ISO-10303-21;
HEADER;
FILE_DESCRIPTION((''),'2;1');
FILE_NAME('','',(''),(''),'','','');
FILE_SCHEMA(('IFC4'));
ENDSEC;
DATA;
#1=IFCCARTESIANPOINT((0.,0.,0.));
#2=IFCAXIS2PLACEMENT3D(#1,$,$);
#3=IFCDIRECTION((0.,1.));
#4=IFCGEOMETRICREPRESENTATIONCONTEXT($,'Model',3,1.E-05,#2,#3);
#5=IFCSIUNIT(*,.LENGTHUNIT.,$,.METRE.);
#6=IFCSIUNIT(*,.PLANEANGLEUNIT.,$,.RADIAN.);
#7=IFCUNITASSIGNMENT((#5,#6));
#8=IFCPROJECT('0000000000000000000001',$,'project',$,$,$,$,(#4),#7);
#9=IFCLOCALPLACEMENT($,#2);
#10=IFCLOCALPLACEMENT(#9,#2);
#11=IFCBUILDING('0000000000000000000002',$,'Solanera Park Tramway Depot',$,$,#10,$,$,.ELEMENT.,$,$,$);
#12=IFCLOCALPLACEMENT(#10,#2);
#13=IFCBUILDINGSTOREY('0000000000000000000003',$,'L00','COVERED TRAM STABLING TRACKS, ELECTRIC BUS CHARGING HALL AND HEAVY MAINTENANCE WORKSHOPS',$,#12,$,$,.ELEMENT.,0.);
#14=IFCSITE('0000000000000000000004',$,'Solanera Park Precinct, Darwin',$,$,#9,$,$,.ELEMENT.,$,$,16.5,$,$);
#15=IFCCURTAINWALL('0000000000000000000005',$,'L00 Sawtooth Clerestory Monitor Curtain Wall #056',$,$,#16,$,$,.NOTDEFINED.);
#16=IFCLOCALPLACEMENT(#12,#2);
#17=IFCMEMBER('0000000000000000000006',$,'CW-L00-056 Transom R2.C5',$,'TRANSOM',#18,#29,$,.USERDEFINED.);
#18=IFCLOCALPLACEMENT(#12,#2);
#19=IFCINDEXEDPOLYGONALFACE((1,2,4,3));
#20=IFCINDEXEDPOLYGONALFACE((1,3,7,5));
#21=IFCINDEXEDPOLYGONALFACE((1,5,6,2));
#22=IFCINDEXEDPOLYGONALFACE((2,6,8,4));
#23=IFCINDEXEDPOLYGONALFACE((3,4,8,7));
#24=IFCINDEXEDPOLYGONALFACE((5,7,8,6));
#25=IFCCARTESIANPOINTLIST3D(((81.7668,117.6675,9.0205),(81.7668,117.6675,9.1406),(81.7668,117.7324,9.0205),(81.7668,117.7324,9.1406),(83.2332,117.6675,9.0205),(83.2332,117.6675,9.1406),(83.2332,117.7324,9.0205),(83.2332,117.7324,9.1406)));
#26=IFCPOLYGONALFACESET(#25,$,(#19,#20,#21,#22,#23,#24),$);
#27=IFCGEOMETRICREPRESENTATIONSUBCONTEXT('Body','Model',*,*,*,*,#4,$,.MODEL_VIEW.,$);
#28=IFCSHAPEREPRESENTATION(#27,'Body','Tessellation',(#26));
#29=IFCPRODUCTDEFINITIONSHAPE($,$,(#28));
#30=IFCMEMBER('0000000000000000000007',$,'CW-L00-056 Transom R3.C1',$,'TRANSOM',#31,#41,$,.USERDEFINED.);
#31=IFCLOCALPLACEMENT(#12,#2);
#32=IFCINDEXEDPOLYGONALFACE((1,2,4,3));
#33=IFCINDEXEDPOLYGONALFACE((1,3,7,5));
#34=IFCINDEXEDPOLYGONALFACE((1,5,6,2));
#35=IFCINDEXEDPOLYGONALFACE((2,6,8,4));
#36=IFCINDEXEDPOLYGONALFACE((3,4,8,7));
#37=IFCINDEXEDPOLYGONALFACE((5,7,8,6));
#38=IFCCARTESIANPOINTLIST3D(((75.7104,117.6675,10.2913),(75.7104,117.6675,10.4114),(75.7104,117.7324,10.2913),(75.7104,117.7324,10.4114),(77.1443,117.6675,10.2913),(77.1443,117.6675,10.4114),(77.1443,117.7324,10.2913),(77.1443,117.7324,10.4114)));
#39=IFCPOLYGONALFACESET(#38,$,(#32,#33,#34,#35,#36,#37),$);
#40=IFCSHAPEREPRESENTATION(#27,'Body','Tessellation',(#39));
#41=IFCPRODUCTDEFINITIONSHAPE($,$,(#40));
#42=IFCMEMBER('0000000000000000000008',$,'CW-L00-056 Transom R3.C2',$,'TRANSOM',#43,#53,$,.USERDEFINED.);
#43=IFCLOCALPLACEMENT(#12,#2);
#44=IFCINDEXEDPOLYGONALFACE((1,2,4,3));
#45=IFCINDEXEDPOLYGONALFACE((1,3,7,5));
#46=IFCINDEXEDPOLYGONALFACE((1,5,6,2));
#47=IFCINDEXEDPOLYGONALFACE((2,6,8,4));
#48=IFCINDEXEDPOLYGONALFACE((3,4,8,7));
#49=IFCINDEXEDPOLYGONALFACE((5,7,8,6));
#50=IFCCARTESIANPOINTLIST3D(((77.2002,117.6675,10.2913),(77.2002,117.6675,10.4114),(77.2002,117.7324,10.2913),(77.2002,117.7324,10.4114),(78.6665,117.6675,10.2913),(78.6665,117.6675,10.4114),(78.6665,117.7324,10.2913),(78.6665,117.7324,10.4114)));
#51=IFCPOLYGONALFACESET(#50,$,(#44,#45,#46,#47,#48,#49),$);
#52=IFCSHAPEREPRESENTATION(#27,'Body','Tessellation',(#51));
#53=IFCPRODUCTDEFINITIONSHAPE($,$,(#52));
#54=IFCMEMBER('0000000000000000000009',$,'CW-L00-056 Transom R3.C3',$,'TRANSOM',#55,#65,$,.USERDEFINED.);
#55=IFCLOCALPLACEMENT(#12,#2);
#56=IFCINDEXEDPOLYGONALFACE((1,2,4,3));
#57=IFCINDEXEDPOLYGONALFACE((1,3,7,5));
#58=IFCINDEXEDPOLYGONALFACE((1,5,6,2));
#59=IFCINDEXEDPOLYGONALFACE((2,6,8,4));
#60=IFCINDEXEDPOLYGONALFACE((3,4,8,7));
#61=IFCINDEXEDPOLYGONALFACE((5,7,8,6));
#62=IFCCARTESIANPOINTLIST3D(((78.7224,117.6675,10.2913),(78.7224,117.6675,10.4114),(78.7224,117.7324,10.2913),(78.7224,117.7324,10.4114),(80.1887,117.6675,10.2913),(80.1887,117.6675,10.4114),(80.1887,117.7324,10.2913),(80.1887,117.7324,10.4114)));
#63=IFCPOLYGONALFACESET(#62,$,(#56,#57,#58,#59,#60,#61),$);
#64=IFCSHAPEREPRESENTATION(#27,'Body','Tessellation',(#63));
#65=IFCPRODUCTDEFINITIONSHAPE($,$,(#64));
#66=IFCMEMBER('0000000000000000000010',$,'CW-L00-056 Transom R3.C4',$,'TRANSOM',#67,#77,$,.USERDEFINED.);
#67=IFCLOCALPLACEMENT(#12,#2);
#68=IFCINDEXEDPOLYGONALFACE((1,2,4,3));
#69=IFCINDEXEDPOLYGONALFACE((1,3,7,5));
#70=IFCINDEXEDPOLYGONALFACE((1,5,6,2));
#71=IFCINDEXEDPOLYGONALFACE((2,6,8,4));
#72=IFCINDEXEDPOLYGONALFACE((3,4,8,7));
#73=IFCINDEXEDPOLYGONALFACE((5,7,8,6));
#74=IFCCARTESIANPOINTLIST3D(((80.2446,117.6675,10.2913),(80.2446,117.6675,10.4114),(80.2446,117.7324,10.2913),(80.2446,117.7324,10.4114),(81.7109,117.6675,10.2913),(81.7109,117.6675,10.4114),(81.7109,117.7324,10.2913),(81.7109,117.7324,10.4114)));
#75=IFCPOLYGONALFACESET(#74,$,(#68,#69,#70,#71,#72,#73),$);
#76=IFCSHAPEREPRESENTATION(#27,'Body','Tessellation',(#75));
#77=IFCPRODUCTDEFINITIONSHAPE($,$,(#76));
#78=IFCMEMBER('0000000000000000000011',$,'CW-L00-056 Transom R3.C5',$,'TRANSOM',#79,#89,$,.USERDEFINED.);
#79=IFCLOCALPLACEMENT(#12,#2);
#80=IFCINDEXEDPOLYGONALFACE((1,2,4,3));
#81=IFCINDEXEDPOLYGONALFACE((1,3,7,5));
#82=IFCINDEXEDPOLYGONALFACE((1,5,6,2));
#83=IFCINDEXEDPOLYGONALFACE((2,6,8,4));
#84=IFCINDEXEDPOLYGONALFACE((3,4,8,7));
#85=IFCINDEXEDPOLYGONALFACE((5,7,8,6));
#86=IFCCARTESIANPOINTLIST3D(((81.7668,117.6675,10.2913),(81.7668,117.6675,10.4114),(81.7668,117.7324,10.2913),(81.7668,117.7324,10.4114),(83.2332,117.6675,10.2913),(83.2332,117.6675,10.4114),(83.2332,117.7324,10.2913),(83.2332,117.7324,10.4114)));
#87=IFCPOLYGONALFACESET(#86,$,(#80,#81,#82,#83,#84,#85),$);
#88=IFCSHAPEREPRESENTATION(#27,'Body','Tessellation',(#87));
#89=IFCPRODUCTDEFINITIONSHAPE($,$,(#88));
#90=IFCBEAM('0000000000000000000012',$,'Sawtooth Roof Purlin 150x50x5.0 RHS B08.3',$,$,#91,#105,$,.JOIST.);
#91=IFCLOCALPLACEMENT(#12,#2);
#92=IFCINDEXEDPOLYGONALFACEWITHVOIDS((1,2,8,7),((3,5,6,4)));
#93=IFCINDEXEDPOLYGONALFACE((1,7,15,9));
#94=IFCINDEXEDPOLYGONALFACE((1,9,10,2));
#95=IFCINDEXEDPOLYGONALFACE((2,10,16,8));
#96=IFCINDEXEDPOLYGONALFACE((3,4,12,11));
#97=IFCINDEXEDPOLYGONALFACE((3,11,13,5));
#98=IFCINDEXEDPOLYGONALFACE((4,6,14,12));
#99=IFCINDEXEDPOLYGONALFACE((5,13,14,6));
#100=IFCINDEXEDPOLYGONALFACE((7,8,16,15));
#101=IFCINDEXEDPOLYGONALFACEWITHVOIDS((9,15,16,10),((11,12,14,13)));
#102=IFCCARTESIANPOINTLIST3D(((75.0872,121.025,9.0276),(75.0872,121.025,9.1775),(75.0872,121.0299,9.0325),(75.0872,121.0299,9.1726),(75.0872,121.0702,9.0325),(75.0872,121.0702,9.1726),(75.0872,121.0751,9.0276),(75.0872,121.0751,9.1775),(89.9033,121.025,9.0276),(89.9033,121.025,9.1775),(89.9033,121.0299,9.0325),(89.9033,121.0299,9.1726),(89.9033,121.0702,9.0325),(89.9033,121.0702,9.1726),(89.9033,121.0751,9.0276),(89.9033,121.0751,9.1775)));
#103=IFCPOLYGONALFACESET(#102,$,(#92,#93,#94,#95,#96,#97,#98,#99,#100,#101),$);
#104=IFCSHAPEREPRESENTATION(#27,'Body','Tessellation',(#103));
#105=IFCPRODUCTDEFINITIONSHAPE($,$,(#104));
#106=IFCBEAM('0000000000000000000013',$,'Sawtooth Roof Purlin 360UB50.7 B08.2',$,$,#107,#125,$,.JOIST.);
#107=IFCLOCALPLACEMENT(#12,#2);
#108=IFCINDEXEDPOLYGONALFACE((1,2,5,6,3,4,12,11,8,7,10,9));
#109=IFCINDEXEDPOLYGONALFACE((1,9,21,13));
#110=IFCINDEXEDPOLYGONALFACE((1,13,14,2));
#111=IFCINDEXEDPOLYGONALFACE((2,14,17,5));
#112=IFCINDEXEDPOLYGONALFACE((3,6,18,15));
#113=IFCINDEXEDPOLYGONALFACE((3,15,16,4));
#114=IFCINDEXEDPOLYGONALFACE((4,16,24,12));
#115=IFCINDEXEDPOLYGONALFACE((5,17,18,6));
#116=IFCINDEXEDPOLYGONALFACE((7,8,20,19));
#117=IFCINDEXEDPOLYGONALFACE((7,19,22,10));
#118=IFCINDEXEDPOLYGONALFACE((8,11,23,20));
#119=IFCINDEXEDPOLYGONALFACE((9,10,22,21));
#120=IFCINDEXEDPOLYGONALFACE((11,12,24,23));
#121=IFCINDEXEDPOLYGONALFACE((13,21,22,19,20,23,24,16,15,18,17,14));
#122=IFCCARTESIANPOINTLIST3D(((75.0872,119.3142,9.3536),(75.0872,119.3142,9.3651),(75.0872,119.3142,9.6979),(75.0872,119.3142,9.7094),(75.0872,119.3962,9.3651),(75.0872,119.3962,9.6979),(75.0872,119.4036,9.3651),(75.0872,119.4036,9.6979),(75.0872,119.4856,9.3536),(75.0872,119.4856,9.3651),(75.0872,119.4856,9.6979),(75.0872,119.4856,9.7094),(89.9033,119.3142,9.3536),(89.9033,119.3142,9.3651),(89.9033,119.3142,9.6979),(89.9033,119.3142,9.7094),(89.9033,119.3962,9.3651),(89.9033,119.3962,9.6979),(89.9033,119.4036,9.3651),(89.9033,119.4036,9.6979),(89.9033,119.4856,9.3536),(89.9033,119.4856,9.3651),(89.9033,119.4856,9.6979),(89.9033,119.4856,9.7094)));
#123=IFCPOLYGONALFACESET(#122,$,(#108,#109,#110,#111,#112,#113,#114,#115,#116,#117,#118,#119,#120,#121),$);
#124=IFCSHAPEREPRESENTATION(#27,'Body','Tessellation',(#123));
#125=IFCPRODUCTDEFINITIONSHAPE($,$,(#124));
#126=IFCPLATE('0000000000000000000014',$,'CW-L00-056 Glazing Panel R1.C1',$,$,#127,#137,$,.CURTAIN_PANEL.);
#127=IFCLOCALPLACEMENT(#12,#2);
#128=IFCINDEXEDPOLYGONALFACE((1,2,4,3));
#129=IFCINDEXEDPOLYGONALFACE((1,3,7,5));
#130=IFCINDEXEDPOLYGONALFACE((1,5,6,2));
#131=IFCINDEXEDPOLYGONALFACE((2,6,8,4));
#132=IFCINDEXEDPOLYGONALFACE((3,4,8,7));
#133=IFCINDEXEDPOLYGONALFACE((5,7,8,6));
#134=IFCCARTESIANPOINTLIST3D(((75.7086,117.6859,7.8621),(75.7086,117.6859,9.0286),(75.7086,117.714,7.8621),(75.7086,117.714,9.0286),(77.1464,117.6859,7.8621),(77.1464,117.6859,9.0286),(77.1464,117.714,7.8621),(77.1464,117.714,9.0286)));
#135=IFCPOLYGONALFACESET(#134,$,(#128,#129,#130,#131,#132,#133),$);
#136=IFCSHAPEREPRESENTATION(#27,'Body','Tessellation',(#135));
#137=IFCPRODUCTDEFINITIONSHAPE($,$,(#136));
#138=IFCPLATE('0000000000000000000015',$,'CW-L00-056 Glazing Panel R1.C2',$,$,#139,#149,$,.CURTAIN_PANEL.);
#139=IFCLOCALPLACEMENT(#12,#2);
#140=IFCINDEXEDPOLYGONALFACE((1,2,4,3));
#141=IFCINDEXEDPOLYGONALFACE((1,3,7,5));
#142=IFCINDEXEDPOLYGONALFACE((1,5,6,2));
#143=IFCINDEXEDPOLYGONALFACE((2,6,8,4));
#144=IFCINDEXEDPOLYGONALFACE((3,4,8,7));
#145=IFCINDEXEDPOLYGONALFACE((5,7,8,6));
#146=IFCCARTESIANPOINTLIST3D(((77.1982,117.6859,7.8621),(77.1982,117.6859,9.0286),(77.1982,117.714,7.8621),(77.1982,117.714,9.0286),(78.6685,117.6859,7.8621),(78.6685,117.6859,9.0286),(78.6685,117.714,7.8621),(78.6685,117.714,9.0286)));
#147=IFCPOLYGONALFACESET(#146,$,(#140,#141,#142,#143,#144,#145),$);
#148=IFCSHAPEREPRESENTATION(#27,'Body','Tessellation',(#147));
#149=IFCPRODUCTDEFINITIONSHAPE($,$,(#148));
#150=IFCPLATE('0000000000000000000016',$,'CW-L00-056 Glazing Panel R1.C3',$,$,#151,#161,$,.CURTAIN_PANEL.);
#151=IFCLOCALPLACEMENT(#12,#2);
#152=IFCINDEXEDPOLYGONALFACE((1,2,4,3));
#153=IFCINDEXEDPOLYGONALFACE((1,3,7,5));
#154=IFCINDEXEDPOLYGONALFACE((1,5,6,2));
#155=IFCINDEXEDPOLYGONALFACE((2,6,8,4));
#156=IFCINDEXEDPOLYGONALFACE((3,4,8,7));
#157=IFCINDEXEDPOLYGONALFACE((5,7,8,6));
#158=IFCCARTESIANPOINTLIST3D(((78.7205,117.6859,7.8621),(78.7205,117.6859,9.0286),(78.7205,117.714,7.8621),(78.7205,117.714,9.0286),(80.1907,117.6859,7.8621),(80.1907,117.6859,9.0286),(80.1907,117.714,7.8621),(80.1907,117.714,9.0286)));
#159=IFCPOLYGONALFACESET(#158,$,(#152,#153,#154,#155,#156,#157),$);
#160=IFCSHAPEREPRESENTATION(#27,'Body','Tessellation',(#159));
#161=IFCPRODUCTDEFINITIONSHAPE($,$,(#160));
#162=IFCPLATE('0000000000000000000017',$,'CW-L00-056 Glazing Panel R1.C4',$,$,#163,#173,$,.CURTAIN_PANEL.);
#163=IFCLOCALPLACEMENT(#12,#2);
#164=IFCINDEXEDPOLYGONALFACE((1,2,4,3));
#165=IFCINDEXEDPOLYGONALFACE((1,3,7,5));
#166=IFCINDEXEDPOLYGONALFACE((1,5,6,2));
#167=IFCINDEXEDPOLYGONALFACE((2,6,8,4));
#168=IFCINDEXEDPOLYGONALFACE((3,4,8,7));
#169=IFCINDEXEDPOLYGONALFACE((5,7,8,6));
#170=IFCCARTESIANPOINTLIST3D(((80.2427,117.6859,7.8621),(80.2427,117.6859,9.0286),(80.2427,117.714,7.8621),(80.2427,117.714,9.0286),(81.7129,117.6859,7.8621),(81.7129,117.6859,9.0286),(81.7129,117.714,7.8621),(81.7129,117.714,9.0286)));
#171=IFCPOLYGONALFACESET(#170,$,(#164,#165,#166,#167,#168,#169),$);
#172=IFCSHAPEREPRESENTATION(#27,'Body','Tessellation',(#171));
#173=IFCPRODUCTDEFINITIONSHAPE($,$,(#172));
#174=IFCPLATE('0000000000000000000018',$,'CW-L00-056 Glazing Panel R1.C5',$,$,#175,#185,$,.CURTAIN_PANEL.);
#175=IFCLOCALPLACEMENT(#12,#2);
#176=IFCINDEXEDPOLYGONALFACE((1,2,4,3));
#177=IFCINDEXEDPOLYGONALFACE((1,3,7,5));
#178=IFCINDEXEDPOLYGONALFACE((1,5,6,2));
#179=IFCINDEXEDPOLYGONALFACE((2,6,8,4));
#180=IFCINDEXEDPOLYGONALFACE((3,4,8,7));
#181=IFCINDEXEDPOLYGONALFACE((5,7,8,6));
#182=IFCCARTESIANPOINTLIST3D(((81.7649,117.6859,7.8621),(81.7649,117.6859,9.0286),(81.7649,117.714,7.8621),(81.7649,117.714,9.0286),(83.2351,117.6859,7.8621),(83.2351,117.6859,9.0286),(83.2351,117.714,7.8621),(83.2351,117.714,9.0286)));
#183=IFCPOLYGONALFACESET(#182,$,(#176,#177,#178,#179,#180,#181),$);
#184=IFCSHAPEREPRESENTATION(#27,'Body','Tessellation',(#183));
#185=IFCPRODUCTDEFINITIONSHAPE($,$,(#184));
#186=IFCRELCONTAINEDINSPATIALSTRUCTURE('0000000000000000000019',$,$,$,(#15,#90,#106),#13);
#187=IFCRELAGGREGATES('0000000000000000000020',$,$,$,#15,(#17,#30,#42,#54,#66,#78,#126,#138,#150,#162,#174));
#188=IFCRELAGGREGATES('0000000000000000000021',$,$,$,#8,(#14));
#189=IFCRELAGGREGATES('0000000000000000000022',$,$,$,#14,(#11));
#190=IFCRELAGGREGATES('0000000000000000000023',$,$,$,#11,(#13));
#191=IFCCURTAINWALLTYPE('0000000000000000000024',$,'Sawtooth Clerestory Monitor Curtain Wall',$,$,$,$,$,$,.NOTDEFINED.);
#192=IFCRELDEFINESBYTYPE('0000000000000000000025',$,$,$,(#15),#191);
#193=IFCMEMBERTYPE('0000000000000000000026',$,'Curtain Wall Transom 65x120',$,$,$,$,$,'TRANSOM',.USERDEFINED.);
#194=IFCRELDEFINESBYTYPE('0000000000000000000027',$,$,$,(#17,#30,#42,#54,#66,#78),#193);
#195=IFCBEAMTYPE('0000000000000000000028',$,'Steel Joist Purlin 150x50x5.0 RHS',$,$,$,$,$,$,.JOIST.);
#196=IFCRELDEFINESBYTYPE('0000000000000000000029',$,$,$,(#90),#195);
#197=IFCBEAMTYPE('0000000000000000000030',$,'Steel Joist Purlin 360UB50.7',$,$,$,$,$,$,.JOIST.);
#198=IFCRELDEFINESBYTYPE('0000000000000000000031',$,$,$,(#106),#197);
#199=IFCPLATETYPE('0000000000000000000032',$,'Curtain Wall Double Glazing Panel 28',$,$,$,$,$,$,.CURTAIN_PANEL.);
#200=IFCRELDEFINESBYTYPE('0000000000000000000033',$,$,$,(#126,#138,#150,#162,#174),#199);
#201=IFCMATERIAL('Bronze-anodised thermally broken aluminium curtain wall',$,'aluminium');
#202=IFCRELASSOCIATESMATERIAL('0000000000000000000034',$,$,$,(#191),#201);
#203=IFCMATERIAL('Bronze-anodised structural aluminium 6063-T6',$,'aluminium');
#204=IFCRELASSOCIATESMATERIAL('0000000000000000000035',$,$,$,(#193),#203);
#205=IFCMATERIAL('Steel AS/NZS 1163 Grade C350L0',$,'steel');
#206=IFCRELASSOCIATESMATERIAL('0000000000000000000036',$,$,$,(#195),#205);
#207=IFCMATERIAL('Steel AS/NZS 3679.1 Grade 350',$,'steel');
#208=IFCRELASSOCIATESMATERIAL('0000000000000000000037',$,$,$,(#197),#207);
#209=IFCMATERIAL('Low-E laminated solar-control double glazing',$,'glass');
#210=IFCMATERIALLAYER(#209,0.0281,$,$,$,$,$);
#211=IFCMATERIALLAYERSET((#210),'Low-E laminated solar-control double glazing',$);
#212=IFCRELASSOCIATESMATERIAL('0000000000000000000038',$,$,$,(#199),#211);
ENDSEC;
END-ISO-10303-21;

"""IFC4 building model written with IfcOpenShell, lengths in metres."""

from ifc_helpers import new_model, si_unit, direction, frame, origin, origin_2d, place, context, subcontext, project, spatial, rectangle, hollow_rectangle, i_section, extrude, material, layer, layer_set, material_profile, profile_set, type_object, element, aggregate, save


model = new_model("IFC4")

# Units and contexts
model_context = context("Model", 3, precision=1e-05, world=origin(), true_north=direction((0.0, 1.0)))
body_context = subcontext(model_context, "Body", "Model", "MODEL_VIEW")
ifc_project = project(units=[si_unit("LENGTHUNIT", "METRE"), si_unit("PLANEANGLEUNIT", "RADIAN")], contexts=[model_context])

# Site, building, storey
site_placement = place(None, origin())
site = spatial("IfcSite", under=ifc_project, at=site_placement, Name="Solanera Park Precinct, Darwin", CompositionType="ELEMENT", RefElevation=16.5)
building_placement = place(site_placement, origin())
building = spatial("IfcBuilding", under=site, at=building_placement, Name="Solanera Park Tramway Depot", CompositionType="ELEMENT")
storey_placement = place(building_placement, origin())
storey = spatial("IfcBuildingStorey", under=building, at=storey_placement, Name="L00", Description="COVERED TRAM STABLING TRACKS, ELECTRIC BUS CHARGING HALL AND HEAVY MAINTENANCE WORKSHOPS", CompositionType="ELEMENT", Elevation=0.0)

# Curtain wall, members
ifc_material_1 = material(Name="Bronze-anodised thermally broken aluminium curtain wall", Category="aluminium")
curtain_wall_type = type_object("IfcCurtainWallType", Name="Sawtooth Clerestory Monitor Curtain Wall", PredefinedType="NOTDEFINED", material=ifc_material_1)
curtain_wall_placement = place(storey_placement, origin())
curtain_wall = element("IfcCurtainWall", 1, at=curtain_wall_placement, inside=storey, type_object=curtain_wall_type, Name="L00 Sawtooth Clerestory Monitor Curtain Wall #056", PredefinedType="NOTDEFINED")
ifc_material_2 = material(Name="Bronze-anodised structural aluminium 6063-T6", Category="aluminium")
ifc_material_profile_1 = material_profile(ifc_material_2, rectangle(XDim=0.0649, YDim=0.1201, at=origin_2d()), Name="Curtain Wall Transom 65x120")
ifc_profile_set_1 = profile_set([ifc_material_profile_1], Name="Bronze-anodised structural aluminium 6063-T6")
member_type_1 = type_object("IfcMemberType", Name="Curtain Wall Transom 65x120", ElementType="TRANSOM", PredefinedType="USERDEFINED", material=ifc_profile_set_1)
member_1_placement = place(storey_placement, frame((81.7668, 117.7, 9.0806), z_axis=(1.0, 0.0, 0.0), x_axis=(0.0, 1.0, 0.0)))
member_1 = element("IfcMember", 2, at=member_1_placement, type_object=member_type_1, Name="CW-L00-056 Transom R2.C5", ObjectType="TRANSOM", PredefinedType="USERDEFINED", context=body_context, shape_type="SweptSolid", body=[
    extrude(rectangle(XDim=0.0649, YDim=0.1201, at=origin_2d()), origin(), (0.0, 0.0, 1.0), 1.4663),
])
member_2_placement = place(storey_placement, frame((75.7104, 117.7, 10.3513), z_axis=(1.0, 0.0, 0.0), x_axis=(0.0, 1.0, 0.0)))
member_2 = element("IfcMember", 3, at=member_2_placement, type_object=member_type_1, Name="CW-L00-056 Transom R3.C1", ObjectType="TRANSOM", PredefinedType="USERDEFINED", context=body_context, shape_type="SweptSolid", body=[
    extrude(rectangle(XDim=0.0649, YDim=0.1201, at=origin_2d()), origin(), (0.0, 0.0, 1.0), 1.4338),
])
member_3_placement = place(storey_placement, frame((77.2002, 117.7, 10.3513), z_axis=(1.0, 0.0, 0.0), x_axis=(0.0, 1.0, 0.0)))
member_3 = element("IfcMember", 4, at=member_3_placement, type_object=member_type_1, Name="CW-L00-056 Transom R3.C2", ObjectType="TRANSOM", PredefinedType="USERDEFINED", context=body_context, shape_type="SweptSolid", body=[
    extrude(rectangle(XDim=0.0649, YDim=0.1201, at=origin_2d()), origin(), (0.0, 0.0, 1.0), 1.4663),
])
member_4_placement = place(storey_placement, frame((78.7224, 117.7, 10.3513), z_axis=(1.0, 0.0, 0.0), x_axis=(0.0, 1.0, 0.0)))
member_4 = element("IfcMember", 5, at=member_4_placement, type_object=member_type_1, Name="CW-L00-056 Transom R3.C3", ObjectType="TRANSOM", PredefinedType="USERDEFINED", context=body_context, shape_type="SweptSolid", body=[
    extrude(rectangle(XDim=0.0649, YDim=0.1201, at=origin_2d()), origin(), (0.0, 0.0, 1.0), 1.4663),
])
member_5_placement = place(storey_placement, frame((80.2446, 117.7, 10.3513), z_axis=(1.0, 0.0, 0.0), x_axis=(0.0, 1.0, 0.0)))
member_5 = element("IfcMember", 6, at=member_5_placement, type_object=member_type_1, Name="CW-L00-056 Transom R3.C4", ObjectType="TRANSOM", PredefinedType="USERDEFINED", context=body_context, shape_type="SweptSolid", body=[
    extrude(rectangle(XDim=0.0649, YDim=0.1201, at=origin_2d()), origin(), (0.0, 0.0, 1.0), 1.4663),
])
member_6_placement = place(storey_placement, frame((81.7668, 117.7, 10.3513), z_axis=(1.0, 0.0, 0.0), x_axis=(0.0, 1.0, 0.0)))
member_6 = element("IfcMember", 7, at=member_6_placement, type_object=member_type_1, Name="CW-L00-056 Transom R3.C5", ObjectType="TRANSOM", PredefinedType="USERDEFINED", context=body_context, shape_type="SweptSolid", body=[
    extrude(rectangle(XDim=0.0649, YDim=0.1201, at=origin_2d()), origin(), (0.0, 0.0, 1.0), 1.4663),
])

# Beams
ifc_material_3 = material(Name="Steel AS/NZS 1163 Grade C350L0", Category="steel")
ifc_material_profile_2 = material_profile(ifc_material_3, hollow_rectangle(XDim=0.05, YDim=0.1499, WallThickness=0.0049, at=origin_2d()), Name="150x50x5.0 RHS")
ifc_profile_set_2 = profile_set([ifc_material_profile_2], Name="Steel AS/NZS 1163 Grade C350L0")
beam_type_1 = type_object("IfcBeamType", Name="Steel Joist Purlin 150x50x5.0 RHS", PredefinedType="JOIST", material=ifc_profile_set_2)
beam_1_placement = place(storey_placement, frame((75.0872, 121.05, 9.1025), z_axis=(1.0, 0.0, 0.0), x_axis=(0.0, 1.0, 0.0)))
element("IfcBeam", 8, at=beam_1_placement, inside=storey, type_object=beam_type_1, Name="Sawtooth Roof Purlin 150x50x5.0 RHS B08.3", PredefinedType="JOIST", context=body_context, shape_type="SweptSolid", body=[
    extrude(hollow_rectangle(XDim=0.05, YDim=0.1499, WallThickness=0.0049, at=origin_2d()), origin(), (0.0, 0.0, 1.0), 14.8162),
])
ifc_material_4 = material(Name="Steel AS/NZS 3679.1 Grade 350", Category="steel")
ifc_material_profile_3 = material_profile(ifc_material_4, i_section(OverallWidth=0.1714, OverallDepth=0.3557, WebThickness=0.0073, FlangeThickness=0.0115, at=origin_2d()), Name="360UB50.7")
ifc_profile_set_3 = profile_set([ifc_material_profile_3], Name="Steel AS/NZS 3679.1 Grade 350")
beam_type_2 = type_object("IfcBeamType", Name="Steel Joist Purlin 360UB50.7", PredefinedType="JOIST", material=ifc_profile_set_3)
beam_2_placement = place(storey_placement, frame((75.0872, 119.3999, 9.5315), z_axis=(1.0, 0.0, 0.0), x_axis=(0.0, 1.0, 0.0)))
element("IfcBeam", 9, at=beam_2_placement, inside=storey, type_object=beam_type_2, Name="Sawtooth Roof Purlin 360UB50.7 B08.2", PredefinedType="JOIST", context=body_context, shape_type="SweptSolid", body=[
    extrude(i_section(OverallWidth=0.1714, OverallDepth=0.3557, WebThickness=0.0073, FlangeThickness=0.0115, at=origin_2d()), origin(), (0.0, 0.0, 1.0), 14.8162),
])

# Plates
ifc_material_5 = material(Name="Low-E laminated solar-control double glazing", Category="glass")
ifc_layer = layer(ifc_material_5, 0.0281)
ifc_layer_set = layer_set([ifc_layer], Name="Low-E laminated solar-control double glazing")
plate_type = type_object("IfcPlateType", Name="Curtain Wall Double Glazing Panel 28", PredefinedType="CURTAIN_PANEL", material=ifc_layer_set)
plate_1_placement = place(storey_placement, frame((76.4275, 117.7, 7.8621), z_axis=(0.0, 0.0, 1.0), x_axis=(1.0, 0.0, 0.0)))
plate_1 = element("IfcPlate", 10, at=plate_1_placement, type_object=plate_type, Name="CW-L00-056 Glazing Panel R1.C1", PredefinedType="CURTAIN_PANEL", context=body_context, shape_type="SweptSolid", body=[
    extrude(rectangle(XDim=1.4377, YDim=0.0281, at=origin_2d()), origin(), (0.0, 0.0, 1.0), 1.1665),
])
plate_2_placement = place(storey_placement, frame((77.9333, 117.7, 7.8621), z_axis=(0.0, 0.0, 1.0), x_axis=(1.0, 0.0, 0.0)))
plate_2 = element("IfcPlate", 11, at=plate_2_placement, type_object=plate_type, Name="CW-L00-056 Glazing Panel R1.C2", PredefinedType="CURTAIN_PANEL", context=body_context, shape_type="SweptSolid", body=[
    extrude(rectangle(XDim=1.4702, YDim=0.0281, at=origin_2d()), origin(), (0.0, 0.0, 1.0), 1.1665),
])
plate_3_placement = place(storey_placement, frame((79.4556, 117.7, 7.8621), z_axis=(0.0, 0.0, 1.0), x_axis=(1.0, 0.0, 0.0)))
plate_3 = element("IfcPlate", 12, at=plate_3_placement, type_object=plate_type, Name="CW-L00-056 Glazing Panel R1.C3", PredefinedType="CURTAIN_PANEL", context=body_context, shape_type="SweptSolid", body=[
    extrude(rectangle(XDim=1.4702, YDim=0.0281, at=origin_2d()), origin(), (0.0, 0.0, 1.0), 1.1665),
])
plate_4_placement = place(storey_placement, frame((80.9778, 117.7, 7.8621), z_axis=(0.0, 0.0, 1.0), x_axis=(1.0, 0.0, 0.0)))
plate_4 = element("IfcPlate", 13, at=plate_4_placement, type_object=plate_type, Name="CW-L00-056 Glazing Panel R1.C4", PredefinedType="CURTAIN_PANEL", context=body_context, shape_type="SweptSolid", body=[
    extrude(rectangle(XDim=1.4702, YDim=0.0281, at=origin_2d()), origin(), (0.0, 0.0, 1.0), 1.1665),
])
plate_5_placement = place(storey_placement, frame((82.5, 117.7, 7.8621), z_axis=(0.0, 0.0, 1.0), x_axis=(1.0, 0.0, 0.0)))
plate_5 = element("IfcPlate", 14, at=plate_5_placement, type_object=plate_type, Name="CW-L00-056 Glazing Panel R1.C5", PredefinedType="CURTAIN_PANEL", context=body_context, shape_type="SweptSolid", body=[
    extrude(rectangle(XDim=1.4702, YDim=0.0281, at=origin_2d()), origin(), (0.0, 0.0, 1.0), 1.1665),
])
aggregate(curtain_wall, [member_1, member_2, member_3, member_4, member_5, member_6, plate_1, plate_2, plate_3, plate_4, plate_5])

save(model, "model.ifc")
